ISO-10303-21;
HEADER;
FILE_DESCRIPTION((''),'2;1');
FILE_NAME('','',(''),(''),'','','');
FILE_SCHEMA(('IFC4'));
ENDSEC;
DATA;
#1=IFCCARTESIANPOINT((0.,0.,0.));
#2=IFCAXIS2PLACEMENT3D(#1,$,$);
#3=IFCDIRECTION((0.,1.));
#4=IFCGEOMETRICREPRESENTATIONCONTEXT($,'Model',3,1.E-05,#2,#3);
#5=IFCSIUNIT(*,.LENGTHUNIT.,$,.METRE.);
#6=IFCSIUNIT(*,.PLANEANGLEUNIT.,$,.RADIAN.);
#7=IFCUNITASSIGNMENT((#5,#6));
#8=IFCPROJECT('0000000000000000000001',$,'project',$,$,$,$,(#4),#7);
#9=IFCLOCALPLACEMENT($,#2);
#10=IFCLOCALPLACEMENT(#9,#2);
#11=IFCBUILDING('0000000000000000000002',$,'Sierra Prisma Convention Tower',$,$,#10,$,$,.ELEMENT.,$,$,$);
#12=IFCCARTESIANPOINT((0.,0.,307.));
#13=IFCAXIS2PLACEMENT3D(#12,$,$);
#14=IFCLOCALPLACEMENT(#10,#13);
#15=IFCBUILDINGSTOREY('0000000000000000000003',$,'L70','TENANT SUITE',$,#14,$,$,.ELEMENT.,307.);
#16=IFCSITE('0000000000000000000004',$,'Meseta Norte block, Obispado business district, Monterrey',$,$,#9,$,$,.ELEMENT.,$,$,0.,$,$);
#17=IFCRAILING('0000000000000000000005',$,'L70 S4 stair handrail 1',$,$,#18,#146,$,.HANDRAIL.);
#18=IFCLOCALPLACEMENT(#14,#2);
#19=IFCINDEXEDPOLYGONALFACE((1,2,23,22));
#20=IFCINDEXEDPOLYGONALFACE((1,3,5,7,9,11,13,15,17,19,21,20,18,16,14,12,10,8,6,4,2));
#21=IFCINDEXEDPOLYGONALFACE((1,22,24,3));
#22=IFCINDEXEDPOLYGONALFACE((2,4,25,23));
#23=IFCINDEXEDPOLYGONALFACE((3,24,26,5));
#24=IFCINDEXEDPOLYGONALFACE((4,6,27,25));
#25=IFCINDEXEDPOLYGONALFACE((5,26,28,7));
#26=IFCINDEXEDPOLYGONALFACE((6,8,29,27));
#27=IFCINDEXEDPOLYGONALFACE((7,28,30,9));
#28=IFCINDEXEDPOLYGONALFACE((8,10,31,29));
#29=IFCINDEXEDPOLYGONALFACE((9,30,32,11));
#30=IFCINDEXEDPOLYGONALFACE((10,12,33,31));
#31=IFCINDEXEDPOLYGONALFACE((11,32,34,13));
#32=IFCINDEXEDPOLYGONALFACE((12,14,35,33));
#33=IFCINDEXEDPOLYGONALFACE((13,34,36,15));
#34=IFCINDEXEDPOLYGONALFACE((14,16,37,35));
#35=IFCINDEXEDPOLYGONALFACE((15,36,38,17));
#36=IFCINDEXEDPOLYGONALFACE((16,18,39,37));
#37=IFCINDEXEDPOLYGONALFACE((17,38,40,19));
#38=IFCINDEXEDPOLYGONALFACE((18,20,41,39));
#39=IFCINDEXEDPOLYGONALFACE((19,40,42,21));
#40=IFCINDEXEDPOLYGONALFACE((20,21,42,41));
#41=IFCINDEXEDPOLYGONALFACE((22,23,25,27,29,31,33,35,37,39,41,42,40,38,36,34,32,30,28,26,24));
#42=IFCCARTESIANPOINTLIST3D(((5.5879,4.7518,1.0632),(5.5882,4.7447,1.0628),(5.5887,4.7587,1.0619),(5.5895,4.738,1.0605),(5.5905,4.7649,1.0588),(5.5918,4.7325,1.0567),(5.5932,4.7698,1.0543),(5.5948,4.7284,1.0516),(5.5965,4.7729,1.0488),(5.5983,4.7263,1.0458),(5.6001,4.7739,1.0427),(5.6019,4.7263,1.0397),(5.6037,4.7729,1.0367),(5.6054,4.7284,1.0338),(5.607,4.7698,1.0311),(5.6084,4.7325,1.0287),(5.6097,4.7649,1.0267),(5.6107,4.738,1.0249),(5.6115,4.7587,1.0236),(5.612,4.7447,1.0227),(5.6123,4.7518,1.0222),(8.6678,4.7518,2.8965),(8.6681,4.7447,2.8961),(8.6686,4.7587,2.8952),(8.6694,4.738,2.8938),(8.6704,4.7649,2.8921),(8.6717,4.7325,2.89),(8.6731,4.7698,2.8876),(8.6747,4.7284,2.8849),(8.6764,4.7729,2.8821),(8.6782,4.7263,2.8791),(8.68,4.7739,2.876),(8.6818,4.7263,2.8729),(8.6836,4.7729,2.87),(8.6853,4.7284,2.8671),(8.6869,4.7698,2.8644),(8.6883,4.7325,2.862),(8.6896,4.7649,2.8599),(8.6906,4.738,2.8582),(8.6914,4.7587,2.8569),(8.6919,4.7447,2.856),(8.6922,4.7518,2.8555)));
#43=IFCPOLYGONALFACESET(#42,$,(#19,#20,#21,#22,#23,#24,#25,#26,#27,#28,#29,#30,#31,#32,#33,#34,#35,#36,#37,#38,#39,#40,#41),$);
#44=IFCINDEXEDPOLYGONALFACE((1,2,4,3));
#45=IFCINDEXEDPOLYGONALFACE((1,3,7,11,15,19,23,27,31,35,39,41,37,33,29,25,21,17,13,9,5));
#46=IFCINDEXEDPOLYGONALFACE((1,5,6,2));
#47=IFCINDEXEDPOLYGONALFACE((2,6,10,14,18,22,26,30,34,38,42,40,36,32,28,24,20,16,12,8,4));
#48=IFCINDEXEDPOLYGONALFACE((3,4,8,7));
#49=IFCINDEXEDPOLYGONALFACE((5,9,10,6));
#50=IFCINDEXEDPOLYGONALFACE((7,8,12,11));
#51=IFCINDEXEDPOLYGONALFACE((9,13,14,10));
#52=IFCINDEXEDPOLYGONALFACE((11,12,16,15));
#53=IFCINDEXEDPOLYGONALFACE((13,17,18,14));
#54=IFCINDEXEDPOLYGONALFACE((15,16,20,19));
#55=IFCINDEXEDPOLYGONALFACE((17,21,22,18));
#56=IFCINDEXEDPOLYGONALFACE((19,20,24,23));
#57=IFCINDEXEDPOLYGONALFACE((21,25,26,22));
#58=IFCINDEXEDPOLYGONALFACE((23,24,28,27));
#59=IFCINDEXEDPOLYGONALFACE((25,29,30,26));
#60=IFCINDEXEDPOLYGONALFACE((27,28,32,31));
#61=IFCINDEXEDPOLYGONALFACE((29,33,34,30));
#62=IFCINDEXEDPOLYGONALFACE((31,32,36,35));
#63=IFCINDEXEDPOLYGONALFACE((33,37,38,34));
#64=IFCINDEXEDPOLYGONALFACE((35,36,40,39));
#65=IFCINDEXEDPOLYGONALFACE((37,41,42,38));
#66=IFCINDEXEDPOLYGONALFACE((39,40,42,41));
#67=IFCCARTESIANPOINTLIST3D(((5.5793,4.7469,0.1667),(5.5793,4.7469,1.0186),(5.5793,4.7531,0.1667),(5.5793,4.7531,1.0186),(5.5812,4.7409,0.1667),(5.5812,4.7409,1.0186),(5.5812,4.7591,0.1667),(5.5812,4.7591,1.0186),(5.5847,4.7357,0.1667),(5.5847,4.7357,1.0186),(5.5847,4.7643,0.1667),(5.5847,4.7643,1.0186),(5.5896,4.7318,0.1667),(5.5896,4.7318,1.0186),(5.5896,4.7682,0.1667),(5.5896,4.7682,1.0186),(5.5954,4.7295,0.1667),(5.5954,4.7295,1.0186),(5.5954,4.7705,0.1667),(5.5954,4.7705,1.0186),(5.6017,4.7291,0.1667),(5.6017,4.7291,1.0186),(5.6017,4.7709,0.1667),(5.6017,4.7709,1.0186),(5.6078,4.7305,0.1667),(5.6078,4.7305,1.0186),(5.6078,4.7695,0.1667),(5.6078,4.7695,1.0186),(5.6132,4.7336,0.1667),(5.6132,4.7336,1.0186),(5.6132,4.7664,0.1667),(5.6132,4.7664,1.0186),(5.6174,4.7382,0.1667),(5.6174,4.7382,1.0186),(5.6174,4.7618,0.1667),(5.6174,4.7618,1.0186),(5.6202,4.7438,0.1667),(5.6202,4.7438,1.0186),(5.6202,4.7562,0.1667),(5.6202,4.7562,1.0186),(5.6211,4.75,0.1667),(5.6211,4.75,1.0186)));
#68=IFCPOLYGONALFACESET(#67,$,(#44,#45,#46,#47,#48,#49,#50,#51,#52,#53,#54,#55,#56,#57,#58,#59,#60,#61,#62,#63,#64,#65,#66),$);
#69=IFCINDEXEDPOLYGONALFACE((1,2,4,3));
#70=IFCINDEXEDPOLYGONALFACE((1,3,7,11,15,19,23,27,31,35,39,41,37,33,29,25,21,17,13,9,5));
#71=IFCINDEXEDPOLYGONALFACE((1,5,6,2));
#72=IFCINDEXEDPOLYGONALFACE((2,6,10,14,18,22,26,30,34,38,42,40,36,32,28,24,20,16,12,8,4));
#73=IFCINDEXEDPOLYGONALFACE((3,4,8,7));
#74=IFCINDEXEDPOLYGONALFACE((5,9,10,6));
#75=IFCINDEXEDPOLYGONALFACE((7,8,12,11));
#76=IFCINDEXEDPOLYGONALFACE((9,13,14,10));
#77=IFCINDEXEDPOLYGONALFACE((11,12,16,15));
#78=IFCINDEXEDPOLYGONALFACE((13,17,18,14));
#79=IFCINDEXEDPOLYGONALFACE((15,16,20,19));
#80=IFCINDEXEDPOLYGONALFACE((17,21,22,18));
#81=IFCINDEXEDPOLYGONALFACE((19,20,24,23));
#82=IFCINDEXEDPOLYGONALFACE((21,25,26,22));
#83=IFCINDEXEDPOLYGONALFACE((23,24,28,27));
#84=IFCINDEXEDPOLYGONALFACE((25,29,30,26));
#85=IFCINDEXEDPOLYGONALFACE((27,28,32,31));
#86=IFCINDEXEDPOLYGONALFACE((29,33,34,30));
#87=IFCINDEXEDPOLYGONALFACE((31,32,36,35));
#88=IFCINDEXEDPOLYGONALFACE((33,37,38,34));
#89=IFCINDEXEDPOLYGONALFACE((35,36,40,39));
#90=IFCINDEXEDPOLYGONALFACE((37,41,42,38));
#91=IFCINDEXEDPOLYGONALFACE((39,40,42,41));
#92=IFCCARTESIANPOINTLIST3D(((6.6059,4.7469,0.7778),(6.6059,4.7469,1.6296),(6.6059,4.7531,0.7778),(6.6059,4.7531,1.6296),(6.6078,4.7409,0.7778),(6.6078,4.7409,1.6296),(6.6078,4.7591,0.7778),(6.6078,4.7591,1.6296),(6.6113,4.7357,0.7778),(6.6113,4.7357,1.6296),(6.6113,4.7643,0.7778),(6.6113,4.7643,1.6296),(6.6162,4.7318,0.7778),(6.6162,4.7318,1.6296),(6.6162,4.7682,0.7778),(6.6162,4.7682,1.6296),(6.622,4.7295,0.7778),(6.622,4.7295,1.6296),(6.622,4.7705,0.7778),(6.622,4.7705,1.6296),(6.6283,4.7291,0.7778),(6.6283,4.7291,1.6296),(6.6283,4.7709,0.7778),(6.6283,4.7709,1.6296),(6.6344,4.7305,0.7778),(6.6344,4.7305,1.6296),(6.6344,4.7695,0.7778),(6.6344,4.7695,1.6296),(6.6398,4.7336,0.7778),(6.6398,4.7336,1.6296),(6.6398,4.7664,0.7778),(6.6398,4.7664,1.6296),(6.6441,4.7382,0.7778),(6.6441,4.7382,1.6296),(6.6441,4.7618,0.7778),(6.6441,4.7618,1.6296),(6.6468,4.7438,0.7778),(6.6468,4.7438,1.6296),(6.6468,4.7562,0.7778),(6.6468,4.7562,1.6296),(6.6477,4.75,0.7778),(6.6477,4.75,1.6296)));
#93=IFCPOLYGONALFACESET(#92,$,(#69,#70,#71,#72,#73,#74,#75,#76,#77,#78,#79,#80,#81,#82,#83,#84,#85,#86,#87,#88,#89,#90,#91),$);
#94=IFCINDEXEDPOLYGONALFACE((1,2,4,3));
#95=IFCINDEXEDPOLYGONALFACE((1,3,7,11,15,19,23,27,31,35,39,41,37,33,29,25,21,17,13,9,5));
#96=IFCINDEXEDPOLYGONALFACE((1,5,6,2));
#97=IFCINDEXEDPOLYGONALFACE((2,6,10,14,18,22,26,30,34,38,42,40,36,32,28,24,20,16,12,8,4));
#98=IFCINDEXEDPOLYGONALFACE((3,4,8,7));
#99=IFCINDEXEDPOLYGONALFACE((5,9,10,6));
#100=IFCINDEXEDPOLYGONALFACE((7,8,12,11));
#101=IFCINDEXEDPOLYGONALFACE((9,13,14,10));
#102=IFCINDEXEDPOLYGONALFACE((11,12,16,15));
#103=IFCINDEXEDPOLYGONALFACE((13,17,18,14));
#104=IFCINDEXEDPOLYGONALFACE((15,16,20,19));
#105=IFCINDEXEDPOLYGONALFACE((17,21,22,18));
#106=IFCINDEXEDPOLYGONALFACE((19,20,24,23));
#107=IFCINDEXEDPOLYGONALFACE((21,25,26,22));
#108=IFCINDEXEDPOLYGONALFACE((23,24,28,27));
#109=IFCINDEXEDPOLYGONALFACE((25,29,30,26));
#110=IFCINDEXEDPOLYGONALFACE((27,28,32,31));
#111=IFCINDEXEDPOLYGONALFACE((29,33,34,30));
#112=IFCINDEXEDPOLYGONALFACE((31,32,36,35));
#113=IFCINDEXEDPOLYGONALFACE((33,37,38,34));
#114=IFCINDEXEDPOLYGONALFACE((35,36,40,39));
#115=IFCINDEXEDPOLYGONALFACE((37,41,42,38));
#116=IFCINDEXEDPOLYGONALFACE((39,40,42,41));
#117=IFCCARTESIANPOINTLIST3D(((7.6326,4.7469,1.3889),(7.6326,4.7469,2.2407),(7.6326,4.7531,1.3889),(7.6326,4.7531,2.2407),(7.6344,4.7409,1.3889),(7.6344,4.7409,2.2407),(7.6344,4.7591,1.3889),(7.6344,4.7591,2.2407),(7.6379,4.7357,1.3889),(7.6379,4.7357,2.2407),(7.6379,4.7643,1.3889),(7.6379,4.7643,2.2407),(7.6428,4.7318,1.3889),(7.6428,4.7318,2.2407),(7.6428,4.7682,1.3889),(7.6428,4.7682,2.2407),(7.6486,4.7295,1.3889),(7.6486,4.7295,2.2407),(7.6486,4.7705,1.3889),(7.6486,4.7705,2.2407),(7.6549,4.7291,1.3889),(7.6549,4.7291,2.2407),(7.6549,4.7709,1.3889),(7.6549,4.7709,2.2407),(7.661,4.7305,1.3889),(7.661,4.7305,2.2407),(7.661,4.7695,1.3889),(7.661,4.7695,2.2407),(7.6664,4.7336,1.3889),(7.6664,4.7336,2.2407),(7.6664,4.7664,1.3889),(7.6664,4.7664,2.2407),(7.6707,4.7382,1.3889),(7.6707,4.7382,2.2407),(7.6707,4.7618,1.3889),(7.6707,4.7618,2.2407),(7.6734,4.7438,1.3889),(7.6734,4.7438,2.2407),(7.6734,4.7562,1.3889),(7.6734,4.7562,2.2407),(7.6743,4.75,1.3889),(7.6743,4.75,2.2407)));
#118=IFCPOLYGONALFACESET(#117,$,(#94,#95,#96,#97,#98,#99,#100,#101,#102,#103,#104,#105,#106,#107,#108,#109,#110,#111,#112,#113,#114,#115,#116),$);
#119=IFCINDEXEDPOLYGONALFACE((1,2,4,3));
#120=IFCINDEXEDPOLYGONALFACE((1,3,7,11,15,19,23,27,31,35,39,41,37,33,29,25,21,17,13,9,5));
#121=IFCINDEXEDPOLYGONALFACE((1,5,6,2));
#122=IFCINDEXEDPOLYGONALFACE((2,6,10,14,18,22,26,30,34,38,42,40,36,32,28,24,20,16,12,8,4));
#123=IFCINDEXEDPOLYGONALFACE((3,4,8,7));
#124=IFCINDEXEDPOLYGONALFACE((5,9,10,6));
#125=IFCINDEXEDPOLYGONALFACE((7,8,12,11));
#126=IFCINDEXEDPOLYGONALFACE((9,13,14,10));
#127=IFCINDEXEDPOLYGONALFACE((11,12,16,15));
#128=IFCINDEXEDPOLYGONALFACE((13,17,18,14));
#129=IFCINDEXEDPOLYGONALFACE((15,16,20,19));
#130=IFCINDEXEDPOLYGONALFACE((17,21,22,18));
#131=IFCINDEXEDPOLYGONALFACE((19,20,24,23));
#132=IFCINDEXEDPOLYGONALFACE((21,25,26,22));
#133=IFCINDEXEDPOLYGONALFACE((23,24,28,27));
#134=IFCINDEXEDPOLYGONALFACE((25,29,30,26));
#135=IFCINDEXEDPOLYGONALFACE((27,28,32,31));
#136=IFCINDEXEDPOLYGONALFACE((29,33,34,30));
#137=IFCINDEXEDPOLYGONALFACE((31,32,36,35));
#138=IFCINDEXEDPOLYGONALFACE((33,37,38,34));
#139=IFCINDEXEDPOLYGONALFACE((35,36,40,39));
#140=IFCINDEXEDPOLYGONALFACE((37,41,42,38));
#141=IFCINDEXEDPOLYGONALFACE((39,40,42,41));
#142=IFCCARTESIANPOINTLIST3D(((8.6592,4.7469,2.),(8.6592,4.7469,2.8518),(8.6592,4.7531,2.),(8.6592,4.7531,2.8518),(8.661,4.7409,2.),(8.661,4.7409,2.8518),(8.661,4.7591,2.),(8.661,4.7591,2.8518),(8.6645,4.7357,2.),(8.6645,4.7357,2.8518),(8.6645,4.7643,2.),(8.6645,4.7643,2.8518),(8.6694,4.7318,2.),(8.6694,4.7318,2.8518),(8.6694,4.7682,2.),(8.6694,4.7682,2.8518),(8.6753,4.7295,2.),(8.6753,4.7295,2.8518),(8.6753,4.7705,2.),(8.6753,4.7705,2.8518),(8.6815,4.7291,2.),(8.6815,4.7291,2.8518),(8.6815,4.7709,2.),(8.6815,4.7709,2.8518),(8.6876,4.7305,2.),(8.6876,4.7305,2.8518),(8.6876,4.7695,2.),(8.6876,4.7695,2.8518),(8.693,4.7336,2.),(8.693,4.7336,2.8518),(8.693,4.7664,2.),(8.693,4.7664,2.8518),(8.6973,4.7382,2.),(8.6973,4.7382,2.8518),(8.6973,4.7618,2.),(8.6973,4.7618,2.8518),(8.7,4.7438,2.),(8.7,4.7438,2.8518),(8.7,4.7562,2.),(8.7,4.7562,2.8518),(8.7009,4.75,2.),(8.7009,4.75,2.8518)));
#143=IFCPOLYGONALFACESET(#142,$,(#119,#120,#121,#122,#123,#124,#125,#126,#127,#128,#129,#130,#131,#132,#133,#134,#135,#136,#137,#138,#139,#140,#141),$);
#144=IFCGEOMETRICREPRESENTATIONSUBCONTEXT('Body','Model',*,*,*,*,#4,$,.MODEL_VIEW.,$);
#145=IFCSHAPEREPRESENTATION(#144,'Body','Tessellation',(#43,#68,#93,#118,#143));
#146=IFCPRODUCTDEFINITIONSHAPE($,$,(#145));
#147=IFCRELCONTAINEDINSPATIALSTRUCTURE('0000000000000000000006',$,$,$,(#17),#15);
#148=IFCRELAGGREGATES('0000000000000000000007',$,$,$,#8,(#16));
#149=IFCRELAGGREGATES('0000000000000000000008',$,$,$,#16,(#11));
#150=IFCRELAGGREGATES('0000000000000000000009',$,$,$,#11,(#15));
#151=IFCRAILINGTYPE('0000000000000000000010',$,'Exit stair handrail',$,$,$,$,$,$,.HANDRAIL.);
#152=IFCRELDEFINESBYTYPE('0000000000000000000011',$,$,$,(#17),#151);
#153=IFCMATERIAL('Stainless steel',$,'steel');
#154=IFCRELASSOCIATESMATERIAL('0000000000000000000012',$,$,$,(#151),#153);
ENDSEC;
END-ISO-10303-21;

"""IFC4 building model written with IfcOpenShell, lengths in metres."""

from ifc_helpers import new_model, si_unit, direction, frame, origin, origin_2d, place, context, subcontext, project, spatial, circle, extrude, material, type_object, element, save


model = new_model("IFC4")

# Units and contexts
model_context = context("Model", 3, precision=1e-05, world=origin(), true_north=direction((0.0, 1.0)))
body_context = subcontext(model_context, "Body", "Model", "MODEL_VIEW")
ifc_project = project(units=[si_unit("LENGTHUNIT", "METRE"), si_unit("PLANEANGLEUNIT", "RADIAN")], contexts=[model_context])

# Site, building, storey
site_placement = place(None, origin())
site = spatial("IfcSite", under=ifc_project, at=site_placement, Name="Meseta Norte block, Obispado business district, Monterrey", CompositionType="ELEMENT", RefElevation=0.0)
building_placement = place(site_placement, origin())
building = spatial("IfcBuilding", under=site, at=building_placement, Name="Sierra Prisma Convention Tower", CompositionType="ELEMENT")
storey_placement = place(building_placement, frame((0.0, 0.0, 307.0)))
storey = spatial("IfcBuildingStorey", under=building, at=storey_placement, Name="L70", Description="TENANT SUITE", CompositionType="ELEMENT", Elevation=307.0)

# Railing
ifc_material_1 = material(Name="Stainless steel", Category="steel")
railing_type_1 = type_object("IfcRailingType", Name="Exit stair handrail", PredefinedType="HANDRAIL", material=ifc_material_1)
railing_1_placement = place(storey_placement, frame((5.6001, 4.75, 0.1667)))
element("IfcRailing", 1, at=railing_1_placement, inside=storey, type_object=railing_type_1, Name="L70 S4 stair handrail 1", PredefinedType="HANDRAIL", context=body_context, shape_type="SweptSolid", body=[
    extrude(circle(Radius=0.0239, at=origin_2d()), frame((0.0, 0.0, 0.876), z_axis=(0.859291, 0.0, 0.511487), x_axis=(0.0, 1.0, 0.0)), (0.0, 0.0, 1.0), 3.5842),
    extrude(circle(Radius=0.021, at=origin_2d()), origin(), (0.0, 0.0, 1.0), 0.8518),
    extrude(circle(Radius=0.021, at=origin_2d()), frame((1.0266, 0.0, 0.6111)), (0.0, 0.0, 1.0), 0.8518),
    extrude(circle(Radius=0.021, at=origin_2d()), frame((2.0532, 0.0, 1.2222)), (0.0, 0.0, 1.0), 0.8518),
    extrude(circle(Radius=0.021, at=origin_2d()), frame((3.0798, 0.0, 1.8333)), (0.0, 0.0, 1.0), 0.8518),
])

save(model, "model.ifc")
